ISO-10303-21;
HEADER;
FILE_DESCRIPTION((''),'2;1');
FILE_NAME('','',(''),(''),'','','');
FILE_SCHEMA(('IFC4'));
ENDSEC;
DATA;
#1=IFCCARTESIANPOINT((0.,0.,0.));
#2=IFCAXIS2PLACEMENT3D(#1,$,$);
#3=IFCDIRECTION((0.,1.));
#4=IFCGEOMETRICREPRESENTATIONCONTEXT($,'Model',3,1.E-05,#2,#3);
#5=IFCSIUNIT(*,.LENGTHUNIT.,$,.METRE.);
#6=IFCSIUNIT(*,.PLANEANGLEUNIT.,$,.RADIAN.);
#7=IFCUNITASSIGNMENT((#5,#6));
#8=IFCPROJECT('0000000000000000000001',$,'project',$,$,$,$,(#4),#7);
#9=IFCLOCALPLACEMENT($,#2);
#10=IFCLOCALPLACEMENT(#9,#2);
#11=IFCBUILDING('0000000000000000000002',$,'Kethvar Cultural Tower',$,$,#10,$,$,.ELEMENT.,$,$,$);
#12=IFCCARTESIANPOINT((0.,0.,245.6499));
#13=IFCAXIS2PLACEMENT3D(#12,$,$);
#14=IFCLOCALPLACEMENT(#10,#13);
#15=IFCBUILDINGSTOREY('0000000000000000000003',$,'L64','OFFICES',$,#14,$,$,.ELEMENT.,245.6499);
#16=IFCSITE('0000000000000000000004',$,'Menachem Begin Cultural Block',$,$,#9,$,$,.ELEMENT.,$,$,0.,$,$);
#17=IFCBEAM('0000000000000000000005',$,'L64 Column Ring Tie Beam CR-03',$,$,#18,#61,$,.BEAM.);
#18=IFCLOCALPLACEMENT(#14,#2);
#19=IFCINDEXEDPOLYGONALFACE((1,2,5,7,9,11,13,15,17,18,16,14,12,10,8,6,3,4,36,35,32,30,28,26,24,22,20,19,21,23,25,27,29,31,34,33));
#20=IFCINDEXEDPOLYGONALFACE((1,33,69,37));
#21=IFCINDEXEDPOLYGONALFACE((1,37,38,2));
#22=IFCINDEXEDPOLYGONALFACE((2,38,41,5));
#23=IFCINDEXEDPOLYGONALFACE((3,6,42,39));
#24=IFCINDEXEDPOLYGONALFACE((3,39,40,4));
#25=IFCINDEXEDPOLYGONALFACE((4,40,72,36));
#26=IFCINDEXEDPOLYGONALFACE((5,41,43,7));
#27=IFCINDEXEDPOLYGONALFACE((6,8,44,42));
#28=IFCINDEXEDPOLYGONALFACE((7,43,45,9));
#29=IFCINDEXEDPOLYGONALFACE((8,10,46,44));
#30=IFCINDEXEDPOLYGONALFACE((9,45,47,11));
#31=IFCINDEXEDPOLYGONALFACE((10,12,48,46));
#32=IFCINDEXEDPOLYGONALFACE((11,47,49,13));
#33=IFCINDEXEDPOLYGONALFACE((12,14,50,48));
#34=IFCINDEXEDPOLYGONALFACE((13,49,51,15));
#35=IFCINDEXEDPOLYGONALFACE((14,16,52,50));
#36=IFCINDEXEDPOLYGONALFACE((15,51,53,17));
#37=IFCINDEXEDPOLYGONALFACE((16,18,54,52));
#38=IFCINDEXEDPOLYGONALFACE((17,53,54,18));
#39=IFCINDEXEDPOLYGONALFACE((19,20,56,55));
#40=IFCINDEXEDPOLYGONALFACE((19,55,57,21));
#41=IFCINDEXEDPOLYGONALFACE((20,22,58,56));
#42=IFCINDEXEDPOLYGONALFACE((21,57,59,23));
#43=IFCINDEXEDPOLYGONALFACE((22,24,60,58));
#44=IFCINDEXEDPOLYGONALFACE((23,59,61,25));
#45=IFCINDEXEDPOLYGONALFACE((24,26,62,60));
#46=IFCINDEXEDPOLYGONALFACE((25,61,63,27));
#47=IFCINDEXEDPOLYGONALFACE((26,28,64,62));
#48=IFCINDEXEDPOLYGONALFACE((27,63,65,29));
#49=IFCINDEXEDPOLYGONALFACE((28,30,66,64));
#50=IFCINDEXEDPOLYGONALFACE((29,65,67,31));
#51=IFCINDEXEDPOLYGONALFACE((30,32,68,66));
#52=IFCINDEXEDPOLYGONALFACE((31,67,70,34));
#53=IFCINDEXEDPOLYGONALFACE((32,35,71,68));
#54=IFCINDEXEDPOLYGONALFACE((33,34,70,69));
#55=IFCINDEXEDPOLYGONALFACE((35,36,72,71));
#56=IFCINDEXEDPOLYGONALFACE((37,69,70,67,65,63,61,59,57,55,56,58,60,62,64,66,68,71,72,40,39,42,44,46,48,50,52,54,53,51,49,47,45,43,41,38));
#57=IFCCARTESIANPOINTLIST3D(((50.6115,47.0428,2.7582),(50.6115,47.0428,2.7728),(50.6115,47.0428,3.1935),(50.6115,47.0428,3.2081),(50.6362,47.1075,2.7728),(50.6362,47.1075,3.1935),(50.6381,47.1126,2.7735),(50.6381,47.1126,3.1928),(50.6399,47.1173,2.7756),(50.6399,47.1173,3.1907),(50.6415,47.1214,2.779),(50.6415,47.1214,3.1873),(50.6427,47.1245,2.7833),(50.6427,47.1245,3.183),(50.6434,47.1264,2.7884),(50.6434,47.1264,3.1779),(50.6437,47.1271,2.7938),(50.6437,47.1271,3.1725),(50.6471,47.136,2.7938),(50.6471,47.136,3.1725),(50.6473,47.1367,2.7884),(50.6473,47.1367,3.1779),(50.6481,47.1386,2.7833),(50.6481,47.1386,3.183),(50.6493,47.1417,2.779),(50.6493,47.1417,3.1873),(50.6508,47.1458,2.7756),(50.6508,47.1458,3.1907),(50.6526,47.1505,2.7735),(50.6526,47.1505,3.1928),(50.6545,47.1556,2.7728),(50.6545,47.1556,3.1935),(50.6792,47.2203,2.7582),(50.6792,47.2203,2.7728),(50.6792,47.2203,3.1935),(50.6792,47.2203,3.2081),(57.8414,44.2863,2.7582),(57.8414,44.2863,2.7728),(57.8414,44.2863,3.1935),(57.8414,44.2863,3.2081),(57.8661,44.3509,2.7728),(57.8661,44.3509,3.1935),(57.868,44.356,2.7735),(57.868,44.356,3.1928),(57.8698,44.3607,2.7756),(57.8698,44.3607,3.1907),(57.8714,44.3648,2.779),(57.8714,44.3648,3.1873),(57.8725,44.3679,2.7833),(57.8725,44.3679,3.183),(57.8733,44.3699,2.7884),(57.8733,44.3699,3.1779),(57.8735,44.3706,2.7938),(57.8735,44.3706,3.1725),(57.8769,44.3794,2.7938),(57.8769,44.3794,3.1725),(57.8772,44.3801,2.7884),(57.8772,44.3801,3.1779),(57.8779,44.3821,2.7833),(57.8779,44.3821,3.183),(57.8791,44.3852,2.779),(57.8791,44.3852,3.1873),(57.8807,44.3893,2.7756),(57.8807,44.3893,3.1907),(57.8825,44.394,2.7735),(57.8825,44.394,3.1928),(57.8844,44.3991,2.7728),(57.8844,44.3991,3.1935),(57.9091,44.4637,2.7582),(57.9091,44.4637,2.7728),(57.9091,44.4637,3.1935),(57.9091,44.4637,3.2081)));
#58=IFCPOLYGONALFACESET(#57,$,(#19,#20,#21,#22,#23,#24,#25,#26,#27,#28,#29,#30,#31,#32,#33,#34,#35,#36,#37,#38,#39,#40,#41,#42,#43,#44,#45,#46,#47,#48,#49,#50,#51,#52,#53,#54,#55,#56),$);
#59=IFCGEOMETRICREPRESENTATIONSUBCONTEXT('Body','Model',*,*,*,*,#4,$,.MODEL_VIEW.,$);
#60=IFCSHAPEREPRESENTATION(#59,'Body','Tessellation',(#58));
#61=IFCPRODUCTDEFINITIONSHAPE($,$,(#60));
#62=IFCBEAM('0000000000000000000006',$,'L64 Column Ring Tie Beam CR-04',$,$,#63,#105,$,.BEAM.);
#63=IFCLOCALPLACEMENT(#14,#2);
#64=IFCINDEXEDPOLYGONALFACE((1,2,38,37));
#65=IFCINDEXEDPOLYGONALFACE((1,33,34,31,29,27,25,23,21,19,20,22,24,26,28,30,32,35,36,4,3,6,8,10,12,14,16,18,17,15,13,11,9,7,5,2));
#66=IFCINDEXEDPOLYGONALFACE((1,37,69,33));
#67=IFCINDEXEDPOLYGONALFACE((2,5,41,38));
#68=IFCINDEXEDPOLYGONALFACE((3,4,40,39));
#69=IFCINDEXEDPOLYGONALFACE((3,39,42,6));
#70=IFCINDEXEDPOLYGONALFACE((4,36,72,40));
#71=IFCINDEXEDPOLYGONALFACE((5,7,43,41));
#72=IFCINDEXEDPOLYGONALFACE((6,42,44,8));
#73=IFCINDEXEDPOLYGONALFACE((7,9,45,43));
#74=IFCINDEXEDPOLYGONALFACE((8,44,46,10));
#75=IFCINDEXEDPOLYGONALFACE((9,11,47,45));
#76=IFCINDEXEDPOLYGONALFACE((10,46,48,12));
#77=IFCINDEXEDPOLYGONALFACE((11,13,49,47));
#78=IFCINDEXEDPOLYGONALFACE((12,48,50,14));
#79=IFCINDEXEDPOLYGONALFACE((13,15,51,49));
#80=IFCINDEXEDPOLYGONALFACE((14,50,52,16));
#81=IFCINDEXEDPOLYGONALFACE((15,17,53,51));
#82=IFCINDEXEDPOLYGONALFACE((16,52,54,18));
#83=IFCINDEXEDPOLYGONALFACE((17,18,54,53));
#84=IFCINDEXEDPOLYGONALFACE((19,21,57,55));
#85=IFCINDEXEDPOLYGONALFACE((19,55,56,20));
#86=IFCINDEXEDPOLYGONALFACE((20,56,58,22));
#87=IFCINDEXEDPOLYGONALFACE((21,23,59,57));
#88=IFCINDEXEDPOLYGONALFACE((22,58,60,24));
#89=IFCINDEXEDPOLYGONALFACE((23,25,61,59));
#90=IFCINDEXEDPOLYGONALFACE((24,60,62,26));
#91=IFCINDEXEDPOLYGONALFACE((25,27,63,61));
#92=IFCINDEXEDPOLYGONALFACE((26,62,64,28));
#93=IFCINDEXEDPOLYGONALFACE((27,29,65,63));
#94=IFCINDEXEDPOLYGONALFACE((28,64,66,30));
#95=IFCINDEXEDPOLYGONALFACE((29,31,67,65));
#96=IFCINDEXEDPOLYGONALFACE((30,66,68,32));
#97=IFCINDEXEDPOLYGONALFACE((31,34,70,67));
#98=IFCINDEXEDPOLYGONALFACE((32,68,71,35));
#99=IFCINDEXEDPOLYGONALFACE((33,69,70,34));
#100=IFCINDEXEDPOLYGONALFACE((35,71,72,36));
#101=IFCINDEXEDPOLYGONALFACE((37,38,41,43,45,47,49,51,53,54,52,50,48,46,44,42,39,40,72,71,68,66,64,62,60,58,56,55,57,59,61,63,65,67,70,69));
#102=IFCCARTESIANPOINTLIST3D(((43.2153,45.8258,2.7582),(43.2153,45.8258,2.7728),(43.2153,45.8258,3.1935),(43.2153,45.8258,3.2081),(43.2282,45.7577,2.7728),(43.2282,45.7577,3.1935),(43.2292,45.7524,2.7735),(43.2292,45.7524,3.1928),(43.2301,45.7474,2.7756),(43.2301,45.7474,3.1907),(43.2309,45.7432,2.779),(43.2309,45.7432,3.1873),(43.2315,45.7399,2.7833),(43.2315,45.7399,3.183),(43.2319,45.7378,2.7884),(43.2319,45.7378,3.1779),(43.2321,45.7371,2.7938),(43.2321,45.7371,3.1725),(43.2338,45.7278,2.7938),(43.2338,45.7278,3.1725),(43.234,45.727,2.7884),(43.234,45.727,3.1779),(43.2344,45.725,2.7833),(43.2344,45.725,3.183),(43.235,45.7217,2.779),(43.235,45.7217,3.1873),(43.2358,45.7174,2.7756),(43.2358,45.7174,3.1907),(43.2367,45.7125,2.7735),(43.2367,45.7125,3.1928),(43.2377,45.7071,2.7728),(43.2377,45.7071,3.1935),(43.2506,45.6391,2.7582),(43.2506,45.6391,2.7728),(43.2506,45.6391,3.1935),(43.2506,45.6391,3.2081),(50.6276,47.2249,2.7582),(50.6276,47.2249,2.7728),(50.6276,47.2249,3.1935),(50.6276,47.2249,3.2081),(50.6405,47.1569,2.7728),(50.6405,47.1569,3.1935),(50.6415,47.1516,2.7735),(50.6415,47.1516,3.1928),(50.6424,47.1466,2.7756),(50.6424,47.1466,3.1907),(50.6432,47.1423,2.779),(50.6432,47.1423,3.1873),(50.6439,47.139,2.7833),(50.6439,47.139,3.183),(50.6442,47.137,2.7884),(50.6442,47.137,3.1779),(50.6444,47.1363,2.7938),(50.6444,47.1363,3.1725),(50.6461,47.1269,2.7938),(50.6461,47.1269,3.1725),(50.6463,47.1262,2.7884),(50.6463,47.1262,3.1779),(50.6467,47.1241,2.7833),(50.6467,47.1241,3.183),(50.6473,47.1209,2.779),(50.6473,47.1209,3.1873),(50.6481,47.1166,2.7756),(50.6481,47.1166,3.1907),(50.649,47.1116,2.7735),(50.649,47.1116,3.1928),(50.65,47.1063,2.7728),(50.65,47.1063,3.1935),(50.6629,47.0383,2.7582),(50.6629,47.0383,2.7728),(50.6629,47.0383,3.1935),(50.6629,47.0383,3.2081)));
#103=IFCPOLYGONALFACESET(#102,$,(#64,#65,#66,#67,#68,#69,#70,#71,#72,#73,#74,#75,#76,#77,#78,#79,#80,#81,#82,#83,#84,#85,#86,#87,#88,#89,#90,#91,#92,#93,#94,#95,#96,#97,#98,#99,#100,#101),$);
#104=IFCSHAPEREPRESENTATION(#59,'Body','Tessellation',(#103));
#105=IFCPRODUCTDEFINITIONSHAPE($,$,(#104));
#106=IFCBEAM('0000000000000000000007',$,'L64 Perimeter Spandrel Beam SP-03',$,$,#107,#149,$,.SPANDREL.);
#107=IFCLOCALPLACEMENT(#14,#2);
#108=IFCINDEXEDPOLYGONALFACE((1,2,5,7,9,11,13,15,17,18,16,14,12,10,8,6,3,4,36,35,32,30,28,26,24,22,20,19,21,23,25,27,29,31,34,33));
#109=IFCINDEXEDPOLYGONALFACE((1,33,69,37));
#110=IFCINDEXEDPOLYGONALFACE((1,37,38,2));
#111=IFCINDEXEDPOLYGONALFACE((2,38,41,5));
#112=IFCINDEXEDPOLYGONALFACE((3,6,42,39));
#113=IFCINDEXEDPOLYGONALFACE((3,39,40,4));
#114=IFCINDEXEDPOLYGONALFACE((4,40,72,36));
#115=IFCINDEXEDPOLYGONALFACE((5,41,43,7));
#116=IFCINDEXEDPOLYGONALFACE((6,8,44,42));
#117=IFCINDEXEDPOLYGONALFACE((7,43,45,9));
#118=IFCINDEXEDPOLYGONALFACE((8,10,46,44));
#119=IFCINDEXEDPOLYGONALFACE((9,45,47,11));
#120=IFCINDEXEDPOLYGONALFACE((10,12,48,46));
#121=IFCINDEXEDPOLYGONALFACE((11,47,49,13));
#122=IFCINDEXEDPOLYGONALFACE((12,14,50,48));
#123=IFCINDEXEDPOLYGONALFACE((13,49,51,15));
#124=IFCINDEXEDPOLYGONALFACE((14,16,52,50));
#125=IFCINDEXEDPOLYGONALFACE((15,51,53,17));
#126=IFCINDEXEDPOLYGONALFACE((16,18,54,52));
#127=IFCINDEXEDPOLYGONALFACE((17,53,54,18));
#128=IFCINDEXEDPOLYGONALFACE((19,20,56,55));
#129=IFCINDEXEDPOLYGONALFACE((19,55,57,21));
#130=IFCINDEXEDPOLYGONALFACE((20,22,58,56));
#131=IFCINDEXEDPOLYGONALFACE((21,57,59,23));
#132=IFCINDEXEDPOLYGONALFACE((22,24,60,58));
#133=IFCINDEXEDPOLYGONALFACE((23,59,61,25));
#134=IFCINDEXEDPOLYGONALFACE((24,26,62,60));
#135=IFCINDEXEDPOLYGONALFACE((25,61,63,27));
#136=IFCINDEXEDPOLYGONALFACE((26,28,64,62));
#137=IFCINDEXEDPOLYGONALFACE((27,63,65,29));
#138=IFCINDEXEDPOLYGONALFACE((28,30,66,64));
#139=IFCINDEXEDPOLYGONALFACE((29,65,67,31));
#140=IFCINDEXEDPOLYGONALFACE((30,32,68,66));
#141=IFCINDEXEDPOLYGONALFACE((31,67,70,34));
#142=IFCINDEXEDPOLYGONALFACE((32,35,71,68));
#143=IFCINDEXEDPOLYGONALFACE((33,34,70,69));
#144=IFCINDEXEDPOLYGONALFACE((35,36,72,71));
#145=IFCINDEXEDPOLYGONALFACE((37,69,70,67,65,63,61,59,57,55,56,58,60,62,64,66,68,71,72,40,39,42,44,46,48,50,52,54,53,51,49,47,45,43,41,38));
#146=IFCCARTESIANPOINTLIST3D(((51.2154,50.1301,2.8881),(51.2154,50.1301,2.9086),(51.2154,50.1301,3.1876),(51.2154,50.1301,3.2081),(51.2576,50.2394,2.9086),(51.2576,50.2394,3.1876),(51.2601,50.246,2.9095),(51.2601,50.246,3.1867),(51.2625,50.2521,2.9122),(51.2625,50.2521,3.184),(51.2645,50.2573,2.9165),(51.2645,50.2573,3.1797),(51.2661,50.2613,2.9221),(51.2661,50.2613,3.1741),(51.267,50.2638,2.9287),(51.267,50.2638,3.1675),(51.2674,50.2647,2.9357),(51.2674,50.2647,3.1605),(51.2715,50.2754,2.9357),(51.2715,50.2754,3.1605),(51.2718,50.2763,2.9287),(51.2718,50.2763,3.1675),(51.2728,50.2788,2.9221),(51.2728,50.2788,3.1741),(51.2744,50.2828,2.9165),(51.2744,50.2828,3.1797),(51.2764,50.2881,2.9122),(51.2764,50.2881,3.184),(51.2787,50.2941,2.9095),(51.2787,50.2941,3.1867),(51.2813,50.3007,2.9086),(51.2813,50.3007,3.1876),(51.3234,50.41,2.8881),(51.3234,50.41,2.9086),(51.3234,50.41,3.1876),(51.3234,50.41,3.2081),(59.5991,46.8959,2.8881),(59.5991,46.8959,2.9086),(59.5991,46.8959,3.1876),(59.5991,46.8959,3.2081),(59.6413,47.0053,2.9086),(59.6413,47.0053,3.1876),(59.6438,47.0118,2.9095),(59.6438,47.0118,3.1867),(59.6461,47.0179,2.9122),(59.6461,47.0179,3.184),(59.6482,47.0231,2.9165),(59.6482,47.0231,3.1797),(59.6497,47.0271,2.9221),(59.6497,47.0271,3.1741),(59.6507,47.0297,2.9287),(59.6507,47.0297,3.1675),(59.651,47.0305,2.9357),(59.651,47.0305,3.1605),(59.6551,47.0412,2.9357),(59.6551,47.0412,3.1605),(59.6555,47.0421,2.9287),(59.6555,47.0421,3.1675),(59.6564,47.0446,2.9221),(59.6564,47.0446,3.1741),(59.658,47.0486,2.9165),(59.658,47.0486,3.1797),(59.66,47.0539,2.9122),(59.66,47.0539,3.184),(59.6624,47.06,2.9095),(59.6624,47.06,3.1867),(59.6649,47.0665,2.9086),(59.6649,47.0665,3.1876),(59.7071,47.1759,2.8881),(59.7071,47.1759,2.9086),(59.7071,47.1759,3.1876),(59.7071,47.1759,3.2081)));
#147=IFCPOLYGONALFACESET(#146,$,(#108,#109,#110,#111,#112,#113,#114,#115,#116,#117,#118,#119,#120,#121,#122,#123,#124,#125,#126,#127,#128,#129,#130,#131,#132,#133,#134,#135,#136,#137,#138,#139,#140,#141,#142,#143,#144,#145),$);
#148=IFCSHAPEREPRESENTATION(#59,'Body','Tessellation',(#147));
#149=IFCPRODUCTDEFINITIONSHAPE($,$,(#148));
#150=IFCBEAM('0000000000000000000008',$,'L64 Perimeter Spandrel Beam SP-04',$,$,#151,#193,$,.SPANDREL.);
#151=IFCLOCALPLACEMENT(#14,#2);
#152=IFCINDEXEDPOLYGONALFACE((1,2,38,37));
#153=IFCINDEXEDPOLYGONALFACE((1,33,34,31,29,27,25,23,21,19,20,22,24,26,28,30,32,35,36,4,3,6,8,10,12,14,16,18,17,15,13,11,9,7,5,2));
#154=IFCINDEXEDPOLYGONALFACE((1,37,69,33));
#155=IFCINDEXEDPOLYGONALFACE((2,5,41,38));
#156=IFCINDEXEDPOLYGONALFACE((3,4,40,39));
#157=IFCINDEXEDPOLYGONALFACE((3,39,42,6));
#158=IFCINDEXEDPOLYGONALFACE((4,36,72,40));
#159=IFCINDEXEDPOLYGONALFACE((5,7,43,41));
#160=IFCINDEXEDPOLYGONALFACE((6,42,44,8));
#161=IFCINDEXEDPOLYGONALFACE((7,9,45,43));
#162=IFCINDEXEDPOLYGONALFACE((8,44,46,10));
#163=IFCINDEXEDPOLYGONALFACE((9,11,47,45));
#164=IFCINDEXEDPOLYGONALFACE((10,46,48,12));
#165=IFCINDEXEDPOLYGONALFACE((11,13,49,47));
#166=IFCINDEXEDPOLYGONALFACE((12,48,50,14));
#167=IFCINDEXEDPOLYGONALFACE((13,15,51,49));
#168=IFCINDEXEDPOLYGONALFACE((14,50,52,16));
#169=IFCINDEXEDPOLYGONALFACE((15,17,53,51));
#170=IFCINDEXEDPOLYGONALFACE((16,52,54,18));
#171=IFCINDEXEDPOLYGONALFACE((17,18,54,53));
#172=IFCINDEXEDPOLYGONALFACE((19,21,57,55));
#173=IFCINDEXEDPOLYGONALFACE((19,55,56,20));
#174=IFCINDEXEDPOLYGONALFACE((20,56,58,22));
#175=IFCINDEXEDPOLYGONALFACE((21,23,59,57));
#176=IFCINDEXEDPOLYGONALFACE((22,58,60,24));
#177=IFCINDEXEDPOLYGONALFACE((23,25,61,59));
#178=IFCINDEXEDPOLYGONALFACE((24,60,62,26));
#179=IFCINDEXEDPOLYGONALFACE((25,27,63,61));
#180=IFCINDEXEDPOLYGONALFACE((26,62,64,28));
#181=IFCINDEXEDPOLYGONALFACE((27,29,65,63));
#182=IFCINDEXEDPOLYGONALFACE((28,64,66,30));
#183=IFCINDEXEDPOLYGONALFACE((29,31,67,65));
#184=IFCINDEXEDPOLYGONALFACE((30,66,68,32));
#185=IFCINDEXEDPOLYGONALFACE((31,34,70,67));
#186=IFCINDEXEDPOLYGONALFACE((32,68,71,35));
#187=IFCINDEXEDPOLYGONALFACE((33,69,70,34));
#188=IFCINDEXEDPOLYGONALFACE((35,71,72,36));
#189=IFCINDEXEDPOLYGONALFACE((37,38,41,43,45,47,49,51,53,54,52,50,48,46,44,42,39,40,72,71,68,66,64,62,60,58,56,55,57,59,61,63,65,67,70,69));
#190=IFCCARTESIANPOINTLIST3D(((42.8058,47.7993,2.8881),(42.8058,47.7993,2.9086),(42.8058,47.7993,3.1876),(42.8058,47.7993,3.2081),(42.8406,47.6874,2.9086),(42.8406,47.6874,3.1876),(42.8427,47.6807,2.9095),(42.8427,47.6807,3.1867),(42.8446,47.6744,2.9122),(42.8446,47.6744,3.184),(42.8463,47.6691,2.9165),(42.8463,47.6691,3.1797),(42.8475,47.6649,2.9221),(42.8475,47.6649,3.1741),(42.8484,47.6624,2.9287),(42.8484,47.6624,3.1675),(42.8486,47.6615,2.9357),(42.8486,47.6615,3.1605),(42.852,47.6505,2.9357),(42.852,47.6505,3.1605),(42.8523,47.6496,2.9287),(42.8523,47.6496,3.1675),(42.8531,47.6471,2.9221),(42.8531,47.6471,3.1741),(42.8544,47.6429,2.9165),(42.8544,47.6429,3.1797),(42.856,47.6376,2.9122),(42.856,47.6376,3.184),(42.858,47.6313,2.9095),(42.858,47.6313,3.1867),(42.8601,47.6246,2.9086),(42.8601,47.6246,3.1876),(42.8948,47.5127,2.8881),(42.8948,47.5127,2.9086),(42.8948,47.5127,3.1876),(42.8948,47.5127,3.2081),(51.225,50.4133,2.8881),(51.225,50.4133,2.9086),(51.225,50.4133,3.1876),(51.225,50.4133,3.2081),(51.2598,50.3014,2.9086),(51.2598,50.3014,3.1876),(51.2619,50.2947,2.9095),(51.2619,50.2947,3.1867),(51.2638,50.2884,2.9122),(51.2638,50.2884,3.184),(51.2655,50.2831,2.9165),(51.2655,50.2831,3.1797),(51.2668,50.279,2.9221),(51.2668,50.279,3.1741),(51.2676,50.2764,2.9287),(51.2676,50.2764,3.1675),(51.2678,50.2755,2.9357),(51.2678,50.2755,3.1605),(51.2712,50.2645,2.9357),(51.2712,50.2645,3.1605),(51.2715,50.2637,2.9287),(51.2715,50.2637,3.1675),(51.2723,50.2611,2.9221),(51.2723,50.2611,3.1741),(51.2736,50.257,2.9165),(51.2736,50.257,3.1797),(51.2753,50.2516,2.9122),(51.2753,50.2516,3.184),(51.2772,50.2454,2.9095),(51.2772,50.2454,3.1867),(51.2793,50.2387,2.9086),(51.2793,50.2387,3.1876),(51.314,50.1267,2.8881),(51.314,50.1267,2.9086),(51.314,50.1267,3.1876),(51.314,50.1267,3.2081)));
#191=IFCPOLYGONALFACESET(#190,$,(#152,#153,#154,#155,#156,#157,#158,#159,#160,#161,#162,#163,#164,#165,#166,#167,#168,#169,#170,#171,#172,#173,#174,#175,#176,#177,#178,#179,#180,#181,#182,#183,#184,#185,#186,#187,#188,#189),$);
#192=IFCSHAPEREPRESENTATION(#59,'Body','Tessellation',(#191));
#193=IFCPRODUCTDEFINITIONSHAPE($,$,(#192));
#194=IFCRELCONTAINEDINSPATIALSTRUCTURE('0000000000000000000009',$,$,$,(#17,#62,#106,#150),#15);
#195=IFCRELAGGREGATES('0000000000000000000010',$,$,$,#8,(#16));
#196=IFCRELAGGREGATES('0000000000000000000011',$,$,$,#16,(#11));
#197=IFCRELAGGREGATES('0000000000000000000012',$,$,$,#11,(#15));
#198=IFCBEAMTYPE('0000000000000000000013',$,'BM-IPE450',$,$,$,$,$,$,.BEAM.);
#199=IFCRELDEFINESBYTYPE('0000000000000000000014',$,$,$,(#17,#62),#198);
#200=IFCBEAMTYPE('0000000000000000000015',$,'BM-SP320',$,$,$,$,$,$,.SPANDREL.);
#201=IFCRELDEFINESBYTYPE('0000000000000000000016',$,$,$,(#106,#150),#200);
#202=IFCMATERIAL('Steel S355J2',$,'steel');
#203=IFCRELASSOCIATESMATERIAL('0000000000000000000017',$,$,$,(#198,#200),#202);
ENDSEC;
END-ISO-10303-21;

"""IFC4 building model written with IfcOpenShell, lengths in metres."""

from ifc_helpers import new_model, si_unit, direction, frame, origin, origin_2d, place, context, subcontext, project, spatial, i_section, extrude, source, transform, mapped, material, material_profile, profile_set, type_object, element, save


model = new_model("IFC4")

# Units and contexts
model_context = context("Model", 3, precision=1e-05, world=origin(), true_north=direction((0.0, 1.0)))
body_context = subcontext(model_context, "Body", "Model", "MODEL_VIEW")
ifc_project = project(units=[si_unit("LENGTHUNIT", "METRE"), si_unit("PLANEANGLEUNIT", "RADIAN")], contexts=[model_context])

# Site, building, storey
site_placement = place(None, origin())
site = spatial("IfcSite", under=ifc_project, at=site_placement, Name="Menachem Begin Cultural Block", CompositionType="ELEMENT", RefElevation=0.0)
building_placement = place(site_placement, origin())
building = spatial("IfcBuilding", under=site, at=building_placement, Name="Kethvar Cultural Tower", CompositionType="ELEMENT")
storey_placement = place(building_placement, frame((0.0, 0.0, 245.6499)))
storey = spatial("IfcBuildingStorey", under=building, at=storey_placement, Name="L64", Description="OFFICES", CompositionType="ELEMENT", Elevation=245.6499)

# Beams
ifc_material_1 = material(Name="Steel S355J2", Category="steel")
ifc_material_profile_1 = material_profile(ifc_material_1, i_section(OverallWidth=0.1899, OverallDepth=0.45, WebThickness=0.0095, FlangeThickness=0.0146, FilletRadius=0.021, at=origin_2d()), Name="Steel S355J2 — IPE450")
ifc_profile_set_1 = profile_set([ifc_material_profile_1], Name="Steel S355J2 — IPE450")
beam_type_1 = type_object("IfcBeamType", Name="BM-IPE450", PredefinedType="BEAM", material=ifc_profile_set_1)
shared_shape_1 = source(origin(), body_context, "Body", "SweptSolid", [
    extrude(i_section(OverallWidth=0.1899, OverallDepth=0.45, WebThickness=0.0095, FlangeThickness=0.0146, FilletRadius=0.021, at=origin_2d()), origin(), (0.0, 0.0, 1.0), 7.7375),
])
beam_1_placement = place(storey_placement, frame((57.8752, 44.375, 2.9832), z_axis=(-0.934388, 0.356256, 0.0), x_axis=(-0.356256, -0.934388, 0.0)))
element("IfcBeam", 1, at=beam_1_placement, inside=storey, type_object=beam_type_1, Name="L64 Column Ring Tie Beam CR-03", PredefinedType="BEAM", context=body_context, shape_type="MappedRepresentation", body=[
    mapped(shared_shape_1, transform((0.0, 0.0, 0.0), scale=1.0)),
])
shared_shape_2 = source(origin(), body_context, "Body", "SweptSolid", [
    extrude(i_section(OverallWidth=0.1899, OverallDepth=0.45, WebThickness=0.0095, FlangeThickness=0.0146, FilletRadius=0.021, at=origin_2d()), origin(), (0.0, 0.0, 1.0), 7.5432),
])
beam_2_placement = place(storey_placement, frame((50.6453, 47.1316, 2.9832), z_axis=(-0.982647, -0.185486, 0.0), x_axis=(0.185486, -0.982647, 0.0)))
element("IfcBeam", 2, at=beam_2_placement, inside=storey, type_object=beam_type_1, Name="L64 Column Ring Tie Beam CR-04", PredefinedType="BEAM", context=body_context, shape_type="MappedRepresentation", body=[
    mapped(shared_shape_2, transform((0.0, 0.0, 0.0), scale=1.0)),
])
ifc_material_profile_2 = material_profile(ifc_material_1, i_section(OverallWidth=0.3, OverallDepth=0.3201, WebThickness=0.0115, FlangeThickness=0.0205, FilletRadius=0.0271, at=origin_2d()), Name="Steel S355J2 — HEB320")
ifc_profile_set_2 = profile_set([ifc_material_profile_2], Name="Steel S355J2 — HEB320")
beam_type_2 = type_object("IfcBeamType", Name="BM-SP320", PredefinedType="SPANDREL", material=ifc_profile_set_2)
shared_shape_3 = source(origin(), body_context, "Body", "SweptSolid", [
    extrude(i_section(OverallWidth=0.3, OverallDepth=0.3201, WebThickness=0.0115, FlangeThickness=0.0205, FilletRadius=0.0271, at=origin_2d()), origin(), (0.0, 0.0, 1.0), 8.9858),
])
beam_3_placement = place(storey_placement, frame((59.6531, 47.0359, 3.0481), z_axis=(-0.932984, 0.359918, 0.0), x_axis=(-0.359918, -0.932984, 0.0)))
element("IfcBeam", 3, at=beam_3_placement, inside=storey, type_object=beam_type_2, Name="L64 Perimeter Spandrel Beam SP-03", PredefinedType="SPANDREL", context=body_context, shape_type="MappedRepresentation", body=[
    mapped(shared_shape_3, transform((0.0, 0.0, 0.0), scale=1.0)),
])
shared_shape_4 = source(origin(), body_context, "Body", "SweptSolid", [
    extrude(i_section(OverallWidth=0.3, OverallDepth=0.3201, WebThickness=0.0115, FlangeThickness=0.0205, FilletRadius=0.0271, at=origin_2d()), origin(), (0.0, 0.0, 1.0), 8.8157),
])
beam_4_placement = place(storey_placement, frame((51.2695, 50.27, 3.0481), z_axis=(-0.955027, -0.296519, 0.0), x_axis=(0.296519, -0.955027, 0.0)))
element("IfcBeam", 4, at=beam_4_placement, inside=storey, type_object=beam_type_2, Name="L64 Perimeter Spandrel Beam SP-04", PredefinedType="SPANDREL", context=body_context, shape_type="MappedRepresentation", body=[
    mapped(shared_shape_4, transform((0.0, 0.0, 0.0), scale=1.0)),
])

save(model, "model.ifc")
